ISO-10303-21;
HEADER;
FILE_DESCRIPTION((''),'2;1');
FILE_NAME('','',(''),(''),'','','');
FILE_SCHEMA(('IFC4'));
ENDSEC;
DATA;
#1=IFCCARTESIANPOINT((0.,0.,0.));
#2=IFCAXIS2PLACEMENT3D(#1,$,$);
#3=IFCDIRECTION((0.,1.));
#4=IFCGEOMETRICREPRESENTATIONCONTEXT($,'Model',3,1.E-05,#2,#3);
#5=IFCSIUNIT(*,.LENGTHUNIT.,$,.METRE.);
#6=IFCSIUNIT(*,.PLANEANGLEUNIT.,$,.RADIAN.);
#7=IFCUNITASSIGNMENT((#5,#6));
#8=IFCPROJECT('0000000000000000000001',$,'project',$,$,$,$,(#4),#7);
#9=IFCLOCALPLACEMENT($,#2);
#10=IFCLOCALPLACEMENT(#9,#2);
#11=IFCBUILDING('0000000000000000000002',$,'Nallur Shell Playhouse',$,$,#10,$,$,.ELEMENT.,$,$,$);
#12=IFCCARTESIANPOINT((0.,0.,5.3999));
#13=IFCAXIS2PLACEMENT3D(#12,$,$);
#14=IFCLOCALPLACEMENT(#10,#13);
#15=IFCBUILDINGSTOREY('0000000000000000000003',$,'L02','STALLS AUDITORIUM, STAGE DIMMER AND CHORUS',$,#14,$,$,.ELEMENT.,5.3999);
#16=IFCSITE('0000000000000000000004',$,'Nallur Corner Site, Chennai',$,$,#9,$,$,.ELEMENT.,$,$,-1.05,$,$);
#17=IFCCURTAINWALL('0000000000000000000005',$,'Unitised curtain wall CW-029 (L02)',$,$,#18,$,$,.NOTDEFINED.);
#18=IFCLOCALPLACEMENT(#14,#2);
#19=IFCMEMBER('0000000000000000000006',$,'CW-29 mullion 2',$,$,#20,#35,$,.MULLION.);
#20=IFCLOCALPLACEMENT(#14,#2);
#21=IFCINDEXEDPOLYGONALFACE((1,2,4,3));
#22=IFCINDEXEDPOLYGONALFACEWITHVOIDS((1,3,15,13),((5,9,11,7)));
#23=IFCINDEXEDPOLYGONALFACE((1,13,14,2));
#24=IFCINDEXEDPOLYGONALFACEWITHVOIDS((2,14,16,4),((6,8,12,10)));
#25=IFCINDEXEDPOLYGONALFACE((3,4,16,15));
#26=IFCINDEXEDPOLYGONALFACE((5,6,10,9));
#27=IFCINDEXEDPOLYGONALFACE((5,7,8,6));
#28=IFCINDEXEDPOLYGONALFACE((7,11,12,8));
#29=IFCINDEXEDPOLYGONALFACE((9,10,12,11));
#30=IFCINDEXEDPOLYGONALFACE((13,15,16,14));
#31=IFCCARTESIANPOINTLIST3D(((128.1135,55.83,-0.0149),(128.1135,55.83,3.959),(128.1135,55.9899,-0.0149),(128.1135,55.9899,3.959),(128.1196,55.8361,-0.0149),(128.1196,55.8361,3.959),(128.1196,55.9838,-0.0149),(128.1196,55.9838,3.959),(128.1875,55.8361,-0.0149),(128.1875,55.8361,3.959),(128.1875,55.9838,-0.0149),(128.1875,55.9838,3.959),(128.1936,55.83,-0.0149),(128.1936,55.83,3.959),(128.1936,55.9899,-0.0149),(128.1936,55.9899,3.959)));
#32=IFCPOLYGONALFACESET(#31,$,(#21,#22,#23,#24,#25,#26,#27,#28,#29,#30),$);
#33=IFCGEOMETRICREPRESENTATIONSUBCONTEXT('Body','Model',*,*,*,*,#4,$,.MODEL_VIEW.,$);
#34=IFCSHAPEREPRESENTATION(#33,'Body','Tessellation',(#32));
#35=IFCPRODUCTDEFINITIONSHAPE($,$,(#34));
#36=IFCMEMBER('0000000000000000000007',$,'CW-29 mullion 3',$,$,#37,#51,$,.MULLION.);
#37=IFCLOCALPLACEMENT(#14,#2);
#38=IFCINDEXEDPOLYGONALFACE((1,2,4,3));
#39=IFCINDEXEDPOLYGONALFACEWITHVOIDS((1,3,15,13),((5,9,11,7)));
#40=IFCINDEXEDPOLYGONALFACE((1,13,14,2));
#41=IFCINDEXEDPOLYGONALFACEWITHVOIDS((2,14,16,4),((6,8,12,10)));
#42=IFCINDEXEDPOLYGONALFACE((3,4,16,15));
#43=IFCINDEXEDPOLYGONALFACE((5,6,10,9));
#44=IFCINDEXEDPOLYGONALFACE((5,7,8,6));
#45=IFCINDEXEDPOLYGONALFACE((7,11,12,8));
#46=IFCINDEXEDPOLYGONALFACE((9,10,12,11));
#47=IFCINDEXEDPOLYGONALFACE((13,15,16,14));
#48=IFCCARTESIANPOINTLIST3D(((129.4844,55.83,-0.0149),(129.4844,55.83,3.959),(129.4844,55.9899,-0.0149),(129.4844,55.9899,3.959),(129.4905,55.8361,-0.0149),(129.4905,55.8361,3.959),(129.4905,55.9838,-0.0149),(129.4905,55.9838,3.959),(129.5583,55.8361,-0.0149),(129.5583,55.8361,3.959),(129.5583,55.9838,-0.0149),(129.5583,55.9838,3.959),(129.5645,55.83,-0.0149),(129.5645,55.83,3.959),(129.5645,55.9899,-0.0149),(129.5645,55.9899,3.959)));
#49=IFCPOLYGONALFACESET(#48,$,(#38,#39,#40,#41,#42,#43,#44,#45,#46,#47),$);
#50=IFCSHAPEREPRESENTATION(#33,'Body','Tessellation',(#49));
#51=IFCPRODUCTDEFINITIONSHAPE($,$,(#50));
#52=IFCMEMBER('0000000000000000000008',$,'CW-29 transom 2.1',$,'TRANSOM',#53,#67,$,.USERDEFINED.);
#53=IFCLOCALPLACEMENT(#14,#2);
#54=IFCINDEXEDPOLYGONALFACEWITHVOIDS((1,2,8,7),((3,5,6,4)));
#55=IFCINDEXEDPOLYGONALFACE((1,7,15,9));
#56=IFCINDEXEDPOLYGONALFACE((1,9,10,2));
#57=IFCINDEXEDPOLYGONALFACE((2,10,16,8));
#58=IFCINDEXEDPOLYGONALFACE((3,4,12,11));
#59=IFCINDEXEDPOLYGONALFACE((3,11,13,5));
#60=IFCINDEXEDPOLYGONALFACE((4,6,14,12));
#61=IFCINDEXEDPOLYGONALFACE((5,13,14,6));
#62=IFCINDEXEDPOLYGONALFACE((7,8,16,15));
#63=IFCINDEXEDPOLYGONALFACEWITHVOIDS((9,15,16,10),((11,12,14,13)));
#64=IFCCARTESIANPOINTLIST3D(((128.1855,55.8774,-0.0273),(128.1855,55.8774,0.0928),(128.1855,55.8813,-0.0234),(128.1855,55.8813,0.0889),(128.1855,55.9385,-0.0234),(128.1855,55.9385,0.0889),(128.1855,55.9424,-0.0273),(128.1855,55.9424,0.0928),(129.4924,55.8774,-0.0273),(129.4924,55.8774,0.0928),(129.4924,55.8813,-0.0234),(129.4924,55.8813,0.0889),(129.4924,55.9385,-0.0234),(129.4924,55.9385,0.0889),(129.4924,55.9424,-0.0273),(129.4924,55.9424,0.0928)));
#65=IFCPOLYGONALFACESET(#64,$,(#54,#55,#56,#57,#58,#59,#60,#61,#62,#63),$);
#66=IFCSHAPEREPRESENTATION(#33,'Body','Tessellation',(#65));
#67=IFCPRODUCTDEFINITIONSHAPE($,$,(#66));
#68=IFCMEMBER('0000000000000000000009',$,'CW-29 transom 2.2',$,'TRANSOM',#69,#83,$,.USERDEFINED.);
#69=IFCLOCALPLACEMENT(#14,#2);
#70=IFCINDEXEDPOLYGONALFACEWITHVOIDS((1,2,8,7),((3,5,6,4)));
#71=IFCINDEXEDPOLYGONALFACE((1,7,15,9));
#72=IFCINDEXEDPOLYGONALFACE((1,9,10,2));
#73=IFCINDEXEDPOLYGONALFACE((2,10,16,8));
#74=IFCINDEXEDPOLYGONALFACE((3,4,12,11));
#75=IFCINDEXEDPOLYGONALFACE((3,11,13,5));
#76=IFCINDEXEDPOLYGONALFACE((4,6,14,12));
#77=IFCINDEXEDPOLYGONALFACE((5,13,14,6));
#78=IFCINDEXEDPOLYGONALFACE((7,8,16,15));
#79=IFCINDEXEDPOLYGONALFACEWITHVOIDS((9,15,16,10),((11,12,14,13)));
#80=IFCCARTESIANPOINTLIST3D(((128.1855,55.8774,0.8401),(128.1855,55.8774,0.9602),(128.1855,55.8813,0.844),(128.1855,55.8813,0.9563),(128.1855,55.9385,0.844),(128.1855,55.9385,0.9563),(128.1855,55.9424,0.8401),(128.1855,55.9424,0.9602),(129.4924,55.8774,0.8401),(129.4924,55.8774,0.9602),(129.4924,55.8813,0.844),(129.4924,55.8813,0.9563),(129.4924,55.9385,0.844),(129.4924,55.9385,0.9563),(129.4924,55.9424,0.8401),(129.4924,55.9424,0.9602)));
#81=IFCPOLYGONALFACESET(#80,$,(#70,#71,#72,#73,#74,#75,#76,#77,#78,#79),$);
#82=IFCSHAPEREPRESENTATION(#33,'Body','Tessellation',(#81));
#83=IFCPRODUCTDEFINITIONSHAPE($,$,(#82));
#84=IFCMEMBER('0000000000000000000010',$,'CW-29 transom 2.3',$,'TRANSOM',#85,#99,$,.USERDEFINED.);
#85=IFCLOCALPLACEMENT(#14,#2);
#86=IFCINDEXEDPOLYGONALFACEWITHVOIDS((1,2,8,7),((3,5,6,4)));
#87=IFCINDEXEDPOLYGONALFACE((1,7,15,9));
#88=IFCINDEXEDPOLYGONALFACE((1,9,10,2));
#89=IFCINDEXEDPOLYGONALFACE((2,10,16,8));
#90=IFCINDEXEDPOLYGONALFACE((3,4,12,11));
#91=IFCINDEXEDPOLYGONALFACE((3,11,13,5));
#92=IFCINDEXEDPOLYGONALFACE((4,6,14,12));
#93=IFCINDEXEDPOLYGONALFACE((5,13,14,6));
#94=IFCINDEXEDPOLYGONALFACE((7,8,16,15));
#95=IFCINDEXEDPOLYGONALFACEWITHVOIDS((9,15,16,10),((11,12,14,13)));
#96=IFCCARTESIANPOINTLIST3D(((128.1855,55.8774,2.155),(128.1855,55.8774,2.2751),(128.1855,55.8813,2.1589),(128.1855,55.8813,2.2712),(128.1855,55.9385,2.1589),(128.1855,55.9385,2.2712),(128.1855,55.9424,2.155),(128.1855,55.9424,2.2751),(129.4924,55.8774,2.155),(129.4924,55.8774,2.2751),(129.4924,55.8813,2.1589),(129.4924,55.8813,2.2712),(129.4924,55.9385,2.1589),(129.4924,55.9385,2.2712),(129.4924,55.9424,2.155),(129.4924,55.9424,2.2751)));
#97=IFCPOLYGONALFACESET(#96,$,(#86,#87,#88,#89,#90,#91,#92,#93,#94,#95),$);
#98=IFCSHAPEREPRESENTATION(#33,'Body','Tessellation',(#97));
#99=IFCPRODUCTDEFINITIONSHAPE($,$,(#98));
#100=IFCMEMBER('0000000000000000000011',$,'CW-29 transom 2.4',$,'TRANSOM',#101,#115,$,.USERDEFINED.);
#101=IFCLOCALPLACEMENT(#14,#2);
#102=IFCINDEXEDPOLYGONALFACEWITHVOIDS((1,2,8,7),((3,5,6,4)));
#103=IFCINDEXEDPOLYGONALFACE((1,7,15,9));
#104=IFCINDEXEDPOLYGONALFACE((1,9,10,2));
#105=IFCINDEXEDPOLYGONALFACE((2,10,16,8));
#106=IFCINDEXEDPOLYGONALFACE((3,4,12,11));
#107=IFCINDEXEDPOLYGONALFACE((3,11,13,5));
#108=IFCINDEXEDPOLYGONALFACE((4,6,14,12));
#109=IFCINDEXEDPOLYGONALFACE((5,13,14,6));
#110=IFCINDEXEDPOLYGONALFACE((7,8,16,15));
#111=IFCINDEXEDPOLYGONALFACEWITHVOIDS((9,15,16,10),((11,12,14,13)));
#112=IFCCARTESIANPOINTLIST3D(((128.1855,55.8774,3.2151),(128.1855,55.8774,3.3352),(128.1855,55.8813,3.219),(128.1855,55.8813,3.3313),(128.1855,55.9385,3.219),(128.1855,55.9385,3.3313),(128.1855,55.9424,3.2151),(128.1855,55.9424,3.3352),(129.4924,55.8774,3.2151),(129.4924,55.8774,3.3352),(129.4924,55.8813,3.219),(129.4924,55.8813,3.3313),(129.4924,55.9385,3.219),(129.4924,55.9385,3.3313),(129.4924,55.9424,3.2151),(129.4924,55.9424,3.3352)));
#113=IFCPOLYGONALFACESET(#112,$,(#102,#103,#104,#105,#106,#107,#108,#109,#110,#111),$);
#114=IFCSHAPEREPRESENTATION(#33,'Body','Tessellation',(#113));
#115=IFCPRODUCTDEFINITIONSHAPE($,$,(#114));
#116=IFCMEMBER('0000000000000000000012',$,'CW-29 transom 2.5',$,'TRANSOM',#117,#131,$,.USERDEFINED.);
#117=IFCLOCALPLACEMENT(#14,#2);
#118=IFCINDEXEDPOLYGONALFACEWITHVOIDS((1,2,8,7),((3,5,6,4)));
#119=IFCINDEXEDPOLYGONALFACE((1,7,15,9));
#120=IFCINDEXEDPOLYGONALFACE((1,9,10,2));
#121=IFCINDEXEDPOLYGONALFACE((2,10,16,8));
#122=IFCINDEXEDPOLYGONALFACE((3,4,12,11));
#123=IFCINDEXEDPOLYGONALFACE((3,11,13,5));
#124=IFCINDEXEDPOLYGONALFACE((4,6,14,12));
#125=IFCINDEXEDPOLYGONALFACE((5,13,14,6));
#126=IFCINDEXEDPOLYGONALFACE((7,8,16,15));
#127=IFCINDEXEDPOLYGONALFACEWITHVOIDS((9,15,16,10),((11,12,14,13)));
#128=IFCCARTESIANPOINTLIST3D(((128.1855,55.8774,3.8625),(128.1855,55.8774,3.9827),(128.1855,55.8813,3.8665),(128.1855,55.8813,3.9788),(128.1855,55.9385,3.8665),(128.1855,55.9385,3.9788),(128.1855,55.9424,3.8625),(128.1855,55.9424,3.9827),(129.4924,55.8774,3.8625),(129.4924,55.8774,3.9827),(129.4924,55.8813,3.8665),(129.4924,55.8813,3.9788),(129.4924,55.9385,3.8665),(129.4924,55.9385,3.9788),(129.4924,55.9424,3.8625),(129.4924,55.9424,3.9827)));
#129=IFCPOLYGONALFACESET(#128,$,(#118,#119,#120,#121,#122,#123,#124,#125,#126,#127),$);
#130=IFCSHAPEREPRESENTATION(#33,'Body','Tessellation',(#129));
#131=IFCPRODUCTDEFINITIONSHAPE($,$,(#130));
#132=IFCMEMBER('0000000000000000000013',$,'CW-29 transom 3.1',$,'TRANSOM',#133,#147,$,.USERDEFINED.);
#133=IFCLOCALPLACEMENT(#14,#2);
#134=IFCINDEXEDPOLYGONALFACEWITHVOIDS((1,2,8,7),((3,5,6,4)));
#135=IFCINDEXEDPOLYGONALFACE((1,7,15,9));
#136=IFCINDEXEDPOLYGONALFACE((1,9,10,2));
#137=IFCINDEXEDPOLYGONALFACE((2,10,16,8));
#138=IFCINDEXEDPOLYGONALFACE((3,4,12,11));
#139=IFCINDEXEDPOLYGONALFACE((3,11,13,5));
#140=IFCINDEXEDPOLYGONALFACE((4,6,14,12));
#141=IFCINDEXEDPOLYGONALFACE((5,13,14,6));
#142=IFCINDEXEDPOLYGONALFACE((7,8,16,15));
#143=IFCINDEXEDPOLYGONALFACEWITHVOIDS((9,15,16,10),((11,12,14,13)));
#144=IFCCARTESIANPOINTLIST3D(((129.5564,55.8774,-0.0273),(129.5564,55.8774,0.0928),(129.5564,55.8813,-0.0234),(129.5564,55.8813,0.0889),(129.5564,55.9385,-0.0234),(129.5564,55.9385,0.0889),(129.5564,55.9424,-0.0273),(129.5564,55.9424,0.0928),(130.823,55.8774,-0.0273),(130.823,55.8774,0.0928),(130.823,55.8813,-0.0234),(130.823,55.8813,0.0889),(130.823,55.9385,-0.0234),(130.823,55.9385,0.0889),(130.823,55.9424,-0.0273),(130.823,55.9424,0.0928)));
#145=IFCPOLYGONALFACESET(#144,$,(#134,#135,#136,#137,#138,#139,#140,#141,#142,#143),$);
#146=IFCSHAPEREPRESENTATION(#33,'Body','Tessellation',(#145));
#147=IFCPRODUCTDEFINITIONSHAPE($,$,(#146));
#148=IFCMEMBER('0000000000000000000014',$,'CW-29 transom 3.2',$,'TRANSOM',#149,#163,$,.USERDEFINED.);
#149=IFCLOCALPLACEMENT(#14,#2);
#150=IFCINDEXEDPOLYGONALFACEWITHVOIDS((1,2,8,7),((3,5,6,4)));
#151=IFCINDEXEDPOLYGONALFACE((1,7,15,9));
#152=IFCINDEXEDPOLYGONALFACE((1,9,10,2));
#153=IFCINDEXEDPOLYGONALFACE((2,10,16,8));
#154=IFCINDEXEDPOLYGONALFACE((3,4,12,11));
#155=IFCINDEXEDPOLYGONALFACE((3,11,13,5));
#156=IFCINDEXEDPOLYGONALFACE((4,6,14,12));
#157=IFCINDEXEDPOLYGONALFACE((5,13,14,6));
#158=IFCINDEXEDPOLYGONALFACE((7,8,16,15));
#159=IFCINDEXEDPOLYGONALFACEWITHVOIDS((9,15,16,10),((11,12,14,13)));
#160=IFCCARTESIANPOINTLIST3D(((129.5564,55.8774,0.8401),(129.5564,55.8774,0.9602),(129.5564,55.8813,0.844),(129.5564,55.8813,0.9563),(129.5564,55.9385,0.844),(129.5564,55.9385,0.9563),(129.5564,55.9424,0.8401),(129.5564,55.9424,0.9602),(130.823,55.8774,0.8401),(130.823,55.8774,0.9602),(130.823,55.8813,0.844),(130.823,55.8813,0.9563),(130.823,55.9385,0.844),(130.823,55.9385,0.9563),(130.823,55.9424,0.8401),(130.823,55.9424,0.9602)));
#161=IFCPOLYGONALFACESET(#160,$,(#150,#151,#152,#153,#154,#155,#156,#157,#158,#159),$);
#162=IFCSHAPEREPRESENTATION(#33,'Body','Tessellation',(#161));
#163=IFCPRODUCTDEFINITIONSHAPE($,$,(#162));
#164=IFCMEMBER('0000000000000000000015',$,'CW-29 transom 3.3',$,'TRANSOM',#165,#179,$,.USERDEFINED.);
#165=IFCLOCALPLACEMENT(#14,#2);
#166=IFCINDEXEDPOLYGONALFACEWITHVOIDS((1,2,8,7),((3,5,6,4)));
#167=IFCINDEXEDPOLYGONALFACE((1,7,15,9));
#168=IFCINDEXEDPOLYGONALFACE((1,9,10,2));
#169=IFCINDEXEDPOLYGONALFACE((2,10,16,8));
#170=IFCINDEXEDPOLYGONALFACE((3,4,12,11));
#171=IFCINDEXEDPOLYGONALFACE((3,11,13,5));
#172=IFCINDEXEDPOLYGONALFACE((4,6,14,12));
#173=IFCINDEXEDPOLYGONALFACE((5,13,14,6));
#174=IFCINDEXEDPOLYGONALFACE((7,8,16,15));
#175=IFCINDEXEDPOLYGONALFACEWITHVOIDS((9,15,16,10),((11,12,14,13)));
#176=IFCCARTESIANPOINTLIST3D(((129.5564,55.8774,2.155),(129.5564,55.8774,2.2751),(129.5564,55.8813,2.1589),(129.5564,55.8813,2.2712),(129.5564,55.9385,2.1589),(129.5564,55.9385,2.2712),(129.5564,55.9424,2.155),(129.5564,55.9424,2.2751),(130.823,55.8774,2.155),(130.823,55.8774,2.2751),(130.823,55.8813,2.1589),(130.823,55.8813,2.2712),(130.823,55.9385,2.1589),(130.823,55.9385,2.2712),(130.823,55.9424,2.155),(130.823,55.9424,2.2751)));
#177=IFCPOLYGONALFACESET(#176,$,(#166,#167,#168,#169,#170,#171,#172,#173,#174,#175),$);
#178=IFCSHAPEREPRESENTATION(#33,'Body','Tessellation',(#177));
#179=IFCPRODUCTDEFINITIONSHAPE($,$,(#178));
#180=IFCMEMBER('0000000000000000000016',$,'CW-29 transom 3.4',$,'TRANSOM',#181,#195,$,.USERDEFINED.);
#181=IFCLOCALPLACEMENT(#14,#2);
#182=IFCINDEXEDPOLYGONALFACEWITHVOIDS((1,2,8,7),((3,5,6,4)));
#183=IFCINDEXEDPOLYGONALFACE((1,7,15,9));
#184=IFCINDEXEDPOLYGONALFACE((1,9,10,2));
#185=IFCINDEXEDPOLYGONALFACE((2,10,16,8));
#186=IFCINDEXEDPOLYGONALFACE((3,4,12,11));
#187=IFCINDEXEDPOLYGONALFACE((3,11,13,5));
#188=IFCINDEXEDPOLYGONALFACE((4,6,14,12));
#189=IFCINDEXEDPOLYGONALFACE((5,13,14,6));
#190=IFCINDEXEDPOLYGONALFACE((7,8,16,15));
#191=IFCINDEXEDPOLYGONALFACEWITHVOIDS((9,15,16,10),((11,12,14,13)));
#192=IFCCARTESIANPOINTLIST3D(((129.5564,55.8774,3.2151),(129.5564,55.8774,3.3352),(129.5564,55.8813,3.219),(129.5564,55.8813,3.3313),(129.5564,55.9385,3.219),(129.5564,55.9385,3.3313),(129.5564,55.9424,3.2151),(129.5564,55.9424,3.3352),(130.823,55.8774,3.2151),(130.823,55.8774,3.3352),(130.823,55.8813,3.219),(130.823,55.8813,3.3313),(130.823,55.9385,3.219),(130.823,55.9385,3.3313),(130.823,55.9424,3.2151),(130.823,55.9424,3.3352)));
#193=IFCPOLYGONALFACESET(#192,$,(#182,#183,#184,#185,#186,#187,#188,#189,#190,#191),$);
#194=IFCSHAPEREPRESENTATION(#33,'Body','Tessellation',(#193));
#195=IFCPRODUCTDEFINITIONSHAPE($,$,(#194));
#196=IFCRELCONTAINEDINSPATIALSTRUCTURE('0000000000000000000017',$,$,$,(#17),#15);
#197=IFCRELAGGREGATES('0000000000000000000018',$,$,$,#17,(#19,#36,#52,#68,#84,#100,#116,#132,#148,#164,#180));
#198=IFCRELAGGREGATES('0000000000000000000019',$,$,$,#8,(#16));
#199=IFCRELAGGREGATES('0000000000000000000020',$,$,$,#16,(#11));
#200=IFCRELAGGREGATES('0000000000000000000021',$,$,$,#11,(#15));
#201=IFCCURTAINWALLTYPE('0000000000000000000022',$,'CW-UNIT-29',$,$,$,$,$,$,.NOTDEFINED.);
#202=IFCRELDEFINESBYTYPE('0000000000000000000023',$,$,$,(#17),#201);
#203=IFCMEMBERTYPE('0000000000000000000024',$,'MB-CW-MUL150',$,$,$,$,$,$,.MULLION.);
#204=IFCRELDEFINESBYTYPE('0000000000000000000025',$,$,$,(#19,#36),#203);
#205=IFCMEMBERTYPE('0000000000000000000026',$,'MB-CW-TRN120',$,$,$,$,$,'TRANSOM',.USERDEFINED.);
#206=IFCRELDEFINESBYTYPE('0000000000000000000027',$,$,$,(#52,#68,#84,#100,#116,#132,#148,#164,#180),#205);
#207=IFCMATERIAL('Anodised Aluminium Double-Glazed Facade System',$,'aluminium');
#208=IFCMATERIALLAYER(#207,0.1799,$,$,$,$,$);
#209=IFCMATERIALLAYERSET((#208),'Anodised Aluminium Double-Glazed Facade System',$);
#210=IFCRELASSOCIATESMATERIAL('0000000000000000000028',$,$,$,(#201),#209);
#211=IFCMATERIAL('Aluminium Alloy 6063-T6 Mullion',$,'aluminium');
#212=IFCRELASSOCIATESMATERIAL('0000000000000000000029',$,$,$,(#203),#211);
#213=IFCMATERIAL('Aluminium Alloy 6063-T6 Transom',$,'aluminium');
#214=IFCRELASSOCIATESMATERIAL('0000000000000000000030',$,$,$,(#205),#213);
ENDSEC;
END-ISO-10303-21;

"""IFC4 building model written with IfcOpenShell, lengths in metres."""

from ifc_helpers import new_model, si_unit, direction, frame, origin, origin_2d, place, context, subcontext, project, spatial, hollow_rectangle, extrude, material, layer, layer_set, material_profile, profile_set, type_object, element, aggregate, save


model = new_model("IFC4")

# Units and contexts
model_context = context("Model", 3, precision=1e-05, world=origin(), true_north=direction((0.0, 1.0)))
body_context = subcontext(model_context, "Body", "Model", "MODEL_VIEW")
ifc_project = project(units=[si_unit("LENGTHUNIT", "METRE"), si_unit("PLANEANGLEUNIT", "RADIAN")], contexts=[model_context])

# Site, building, storey
site_placement = place(None, origin())
site = spatial("IfcSite", under=ifc_project, at=site_placement, Name="Nallur Corner Site, Chennai", CompositionType="ELEMENT", RefElevation=-1.05)
building_placement = place(site_placement, origin())
building = spatial("IfcBuilding", under=site, at=building_placement, Name="Nallur Shell Playhouse", CompositionType="ELEMENT")
storey_placement = place(building_placement, frame((0.0, 0.0, 5.3999)))
storey = spatial("IfcBuildingStorey", under=building, at=storey_placement, Name="L02", Description="STALLS AUDITORIUM, STAGE DIMMER AND CHORUS", CompositionType="ELEMENT", Elevation=5.3999)

# Curtain wall, members
ifc_material_1 = material(Name="Anodised Aluminium Double-Glazed Facade System", Category="aluminium")
ifc_layer_1 = layer(ifc_material_1, 0.1799)
ifc_layer_set_1 = layer_set([ifc_layer_1], Name="Anodised Aluminium Double-Glazed Facade System")
curtain_wall_type = type_object("IfcCurtainWallType", Name="CW-UNIT-29", PredefinedType="NOTDEFINED", material=ifc_layer_set_1)
curtain_wall_placement = place(storey_placement, origin())
curtain_wall = element("IfcCurtainWall", 1, at=curtain_wall_placement, inside=storey, type_object=curtain_wall_type, Name="Unitised curtain wall CW-029 (L02)", PredefinedType="NOTDEFINED")
ifc_material_2 = material(Name="Aluminium Alloy 6063-T6 Mullion", Category="aluminium")
ifc_material_profile_1 = material_profile(ifc_material_2, hollow_rectangle(XDim=0.0801, YDim=0.1599, WallThickness=0.0061, at=origin_2d()), Name="RHS 160x80x6")
ifc_profile_set_1 = profile_set([ifc_material_profile_1], Name="Aluminium Alloy 6063-T6 Mullion")
member_type_1 = type_object("IfcMemberType", Name="MB-CW-MUL150", PredefinedType="MULLION", material=ifc_profile_set_1)
member_1_placement = place(storey_placement, frame((128.1536, 55.9099, -0.0149), z_axis=(0.0, 0.0, 1.0), x_axis=(1.0, 0.0, 0.0)))
member_1 = element("IfcMember", 2, at=member_1_placement, type_object=member_type_1, Name="CW-29 mullion 2", PredefinedType="MULLION", context=body_context, shape_type="SweptSolid", body=[
    extrude(hollow_rectangle(XDim=0.0801, YDim=0.1599, WallThickness=0.0061, at=origin_2d()), origin(), (0.0, 0.0, 1.0), 3.9739),
])
member_2_placement = place(storey_placement, frame((129.5244, 55.9099, -0.0149), z_axis=(0.0, 0.0, 1.0), x_axis=(1.0, 0.0, 0.0)))
member_2 = element("IfcMember", 3, at=member_2_placement, type_object=member_type_1, Name="CW-29 mullion 3", PredefinedType="MULLION", context=body_context, shape_type="SweptSolid", body=[
    extrude(hollow_rectangle(XDim=0.0801, YDim=0.1599, WallThickness=0.0061, at=origin_2d()), origin(), (0.0, 0.0, 1.0), 3.9739),
])
ifc_material_3 = material(Name="Aluminium Alloy 6063-T6 Transom", Category="aluminium")
ifc_material_profile_2 = material_profile(ifc_material_3, hollow_rectangle(XDim=0.0649, YDim=0.1201, WallThickness=0.0039, at=origin_2d()), Name="ALU 65x120x4")
ifc_profile_set_2 = profile_set([ifc_material_profile_2], Name="Aluminium Alloy 6063-T6 Transom")
member_type_2 = type_object("IfcMemberType", Name="MB-CW-TRN120", ElementType="TRANSOM", PredefinedType="USERDEFINED", material=ifc_profile_set_2)
member_3_placement = place(storey_placement, frame((128.1855, 55.9099, 0.0327), z_axis=(1.0, 0.0, 0.0), x_axis=(0.0, 1.0, 0.0)))
member_3 = element("IfcMember", 4, at=member_3_placement, type_object=member_type_2, Name="CW-29 transom 2.1", ObjectType="TRANSOM", PredefinedType="USERDEFINED", context=body_context, shape_type="SweptSolid", body=[
    extrude(hollow_rectangle(XDim=0.0649, YDim=0.1201, WallThickness=0.0039, at=origin_2d()), origin(), (0.0, 0.0, 1.0), 1.3069),
])
member_4_placement = place(storey_placement, frame((128.1855, 55.9099, 0.9001), z_axis=(1.0, 0.0, 0.0), x_axis=(0.0, 1.0, 0.0)))
member_4 = element("IfcMember", 5, at=member_4_placement, type_object=member_type_2, Name="CW-29 transom 2.2", ObjectType="TRANSOM", PredefinedType="USERDEFINED", context=body_context, shape_type="SweptSolid", body=[
    extrude(hollow_rectangle(XDim=0.0649, YDim=0.1201, WallThickness=0.0039, at=origin_2d()), origin(), (0.0, 0.0, 1.0), 1.3069),
])
member_5_placement = place(storey_placement, frame((128.1855, 55.9099, 2.2151), z_axis=(1.0, 0.0, 0.0), x_axis=(0.0, 1.0, 0.0)))
member_5 = element("IfcMember", 6, at=member_5_placement, type_object=member_type_2, Name="CW-29 transom 2.3", ObjectType="TRANSOM", PredefinedType="USERDEFINED", context=body_context, shape_type="SweptSolid", body=[
    extrude(hollow_rectangle(XDim=0.0649, YDim=0.1201, WallThickness=0.0039, at=origin_2d()), origin(), (0.0, 0.0, 1.0), 1.3069),
])
member_6_placement = place(storey_placement, frame((128.1855, 55.9099, 3.2751), z_axis=(1.0, 0.0, 0.0), x_axis=(0.0, 1.0, 0.0)))
member_6 = element("IfcMember", 7, at=member_6_placement, type_object=member_type_2, Name="CW-29 transom 2.4", ObjectType="TRANSOM", PredefinedType="USERDEFINED", context=body_context, shape_type="SweptSolid", body=[
    extrude(hollow_rectangle(XDim=0.0649, YDim=0.1201, WallThickness=0.0039, at=origin_2d()), origin(), (0.0, 0.0, 1.0), 1.3069),
])
member_7_placement = place(storey_placement, frame((128.1855, 55.9099, 3.9226), z_axis=(1.0, 0.0, 0.0), x_axis=(0.0, 1.0, 0.0)))
member_7 = element("IfcMember", 8, at=member_7_placement, type_object=member_type_2, Name="CW-29 transom 2.5", ObjectType="TRANSOM", PredefinedType="USERDEFINED", context=body_context, shape_type="SweptSolid", body=[
    extrude(hollow_rectangle(XDim=0.0649, YDim=0.1201, WallThickness=0.0039, at=origin_2d()), origin(), (0.0, 0.0, 1.0), 1.3069),
])
member_8_placement = place(storey_placement, frame((129.5564, 55.9099, 0.0327), z_axis=(1.0, 0.0, 0.0), x_axis=(0.0, 1.0, 0.0)))
member_8 = element("IfcMember", 9, at=member_8_placement, type_object=member_type_2, Name="CW-29 transom 3.1", ObjectType="TRANSOM", PredefinedType="USERDEFINED", context=body_context, shape_type="SweptSolid", body=[
    extrude(hollow_rectangle(XDim=0.0649, YDim=0.1201, WallThickness=0.0039, at=origin_2d()), origin(), (0.0, 0.0, 1.0), 1.2666),
])
member_9_placement = place(storey_placement, frame((129.5564, 55.9099, 0.9001), z_axis=(1.0, 0.0, 0.0), x_axis=(0.0, 1.0, 0.0)))
member_9 = element("IfcMember", 10, at=member_9_placement, type_object=member_type_2, Name="CW-29 transom 3.2", ObjectType="TRANSOM", PredefinedType="USERDEFINED", context=body_context, shape_type="SweptSolid", body=[
    extrude(hollow_rectangle(XDim=0.0649, YDim=0.1201, WallThickness=0.0039, at=origin_2d()), origin(), (0.0, 0.0, 1.0), 1.2666),
])
member_10_placement = place(storey_placement, frame((129.5564, 55.9099, 2.2151), z_axis=(1.0, 0.0, 0.0), x_axis=(0.0, 1.0, 0.0)))
member_10 = element("IfcMember", 11, at=member_10_placement, type_object=member_type_2, Name="CW-29 transom 3.3", ObjectType="TRANSOM", PredefinedType="USERDEFINED", context=body_context, shape_type="SweptSolid", body=[
    extrude(hollow_rectangle(XDim=0.0649, YDim=0.1201, WallThickness=0.0039, at=origin_2d()), origin(), (0.0, 0.0, 1.0), 1.2666),
])
member_11_placement = place(storey_placement, frame((129.5564, 55.9099, 3.2751), z_axis=(1.0, 0.0, 0.0), x_axis=(0.0, 1.0, 0.0)))
member_11 = element("IfcMember", 12, at=member_11_placement, type_object=member_type_2, Name="CW-29 transom 3.4", ObjectType="TRANSOM", PredefinedType="USERDEFINED", context=body_context, shape_type="SweptSolid", body=[
    extrude(hollow_rectangle(XDim=0.0649, YDim=0.1201, WallThickness=0.0039, at=origin_2d()), origin(), (0.0, 0.0, 1.0), 1.2666),
])
aggregate(curtain_wall, [member_1, member_2, member_3, member_4, member_5, member_6, member_7, member_8, member_9, member_10, member_11])

save(model, "model.ifc")
